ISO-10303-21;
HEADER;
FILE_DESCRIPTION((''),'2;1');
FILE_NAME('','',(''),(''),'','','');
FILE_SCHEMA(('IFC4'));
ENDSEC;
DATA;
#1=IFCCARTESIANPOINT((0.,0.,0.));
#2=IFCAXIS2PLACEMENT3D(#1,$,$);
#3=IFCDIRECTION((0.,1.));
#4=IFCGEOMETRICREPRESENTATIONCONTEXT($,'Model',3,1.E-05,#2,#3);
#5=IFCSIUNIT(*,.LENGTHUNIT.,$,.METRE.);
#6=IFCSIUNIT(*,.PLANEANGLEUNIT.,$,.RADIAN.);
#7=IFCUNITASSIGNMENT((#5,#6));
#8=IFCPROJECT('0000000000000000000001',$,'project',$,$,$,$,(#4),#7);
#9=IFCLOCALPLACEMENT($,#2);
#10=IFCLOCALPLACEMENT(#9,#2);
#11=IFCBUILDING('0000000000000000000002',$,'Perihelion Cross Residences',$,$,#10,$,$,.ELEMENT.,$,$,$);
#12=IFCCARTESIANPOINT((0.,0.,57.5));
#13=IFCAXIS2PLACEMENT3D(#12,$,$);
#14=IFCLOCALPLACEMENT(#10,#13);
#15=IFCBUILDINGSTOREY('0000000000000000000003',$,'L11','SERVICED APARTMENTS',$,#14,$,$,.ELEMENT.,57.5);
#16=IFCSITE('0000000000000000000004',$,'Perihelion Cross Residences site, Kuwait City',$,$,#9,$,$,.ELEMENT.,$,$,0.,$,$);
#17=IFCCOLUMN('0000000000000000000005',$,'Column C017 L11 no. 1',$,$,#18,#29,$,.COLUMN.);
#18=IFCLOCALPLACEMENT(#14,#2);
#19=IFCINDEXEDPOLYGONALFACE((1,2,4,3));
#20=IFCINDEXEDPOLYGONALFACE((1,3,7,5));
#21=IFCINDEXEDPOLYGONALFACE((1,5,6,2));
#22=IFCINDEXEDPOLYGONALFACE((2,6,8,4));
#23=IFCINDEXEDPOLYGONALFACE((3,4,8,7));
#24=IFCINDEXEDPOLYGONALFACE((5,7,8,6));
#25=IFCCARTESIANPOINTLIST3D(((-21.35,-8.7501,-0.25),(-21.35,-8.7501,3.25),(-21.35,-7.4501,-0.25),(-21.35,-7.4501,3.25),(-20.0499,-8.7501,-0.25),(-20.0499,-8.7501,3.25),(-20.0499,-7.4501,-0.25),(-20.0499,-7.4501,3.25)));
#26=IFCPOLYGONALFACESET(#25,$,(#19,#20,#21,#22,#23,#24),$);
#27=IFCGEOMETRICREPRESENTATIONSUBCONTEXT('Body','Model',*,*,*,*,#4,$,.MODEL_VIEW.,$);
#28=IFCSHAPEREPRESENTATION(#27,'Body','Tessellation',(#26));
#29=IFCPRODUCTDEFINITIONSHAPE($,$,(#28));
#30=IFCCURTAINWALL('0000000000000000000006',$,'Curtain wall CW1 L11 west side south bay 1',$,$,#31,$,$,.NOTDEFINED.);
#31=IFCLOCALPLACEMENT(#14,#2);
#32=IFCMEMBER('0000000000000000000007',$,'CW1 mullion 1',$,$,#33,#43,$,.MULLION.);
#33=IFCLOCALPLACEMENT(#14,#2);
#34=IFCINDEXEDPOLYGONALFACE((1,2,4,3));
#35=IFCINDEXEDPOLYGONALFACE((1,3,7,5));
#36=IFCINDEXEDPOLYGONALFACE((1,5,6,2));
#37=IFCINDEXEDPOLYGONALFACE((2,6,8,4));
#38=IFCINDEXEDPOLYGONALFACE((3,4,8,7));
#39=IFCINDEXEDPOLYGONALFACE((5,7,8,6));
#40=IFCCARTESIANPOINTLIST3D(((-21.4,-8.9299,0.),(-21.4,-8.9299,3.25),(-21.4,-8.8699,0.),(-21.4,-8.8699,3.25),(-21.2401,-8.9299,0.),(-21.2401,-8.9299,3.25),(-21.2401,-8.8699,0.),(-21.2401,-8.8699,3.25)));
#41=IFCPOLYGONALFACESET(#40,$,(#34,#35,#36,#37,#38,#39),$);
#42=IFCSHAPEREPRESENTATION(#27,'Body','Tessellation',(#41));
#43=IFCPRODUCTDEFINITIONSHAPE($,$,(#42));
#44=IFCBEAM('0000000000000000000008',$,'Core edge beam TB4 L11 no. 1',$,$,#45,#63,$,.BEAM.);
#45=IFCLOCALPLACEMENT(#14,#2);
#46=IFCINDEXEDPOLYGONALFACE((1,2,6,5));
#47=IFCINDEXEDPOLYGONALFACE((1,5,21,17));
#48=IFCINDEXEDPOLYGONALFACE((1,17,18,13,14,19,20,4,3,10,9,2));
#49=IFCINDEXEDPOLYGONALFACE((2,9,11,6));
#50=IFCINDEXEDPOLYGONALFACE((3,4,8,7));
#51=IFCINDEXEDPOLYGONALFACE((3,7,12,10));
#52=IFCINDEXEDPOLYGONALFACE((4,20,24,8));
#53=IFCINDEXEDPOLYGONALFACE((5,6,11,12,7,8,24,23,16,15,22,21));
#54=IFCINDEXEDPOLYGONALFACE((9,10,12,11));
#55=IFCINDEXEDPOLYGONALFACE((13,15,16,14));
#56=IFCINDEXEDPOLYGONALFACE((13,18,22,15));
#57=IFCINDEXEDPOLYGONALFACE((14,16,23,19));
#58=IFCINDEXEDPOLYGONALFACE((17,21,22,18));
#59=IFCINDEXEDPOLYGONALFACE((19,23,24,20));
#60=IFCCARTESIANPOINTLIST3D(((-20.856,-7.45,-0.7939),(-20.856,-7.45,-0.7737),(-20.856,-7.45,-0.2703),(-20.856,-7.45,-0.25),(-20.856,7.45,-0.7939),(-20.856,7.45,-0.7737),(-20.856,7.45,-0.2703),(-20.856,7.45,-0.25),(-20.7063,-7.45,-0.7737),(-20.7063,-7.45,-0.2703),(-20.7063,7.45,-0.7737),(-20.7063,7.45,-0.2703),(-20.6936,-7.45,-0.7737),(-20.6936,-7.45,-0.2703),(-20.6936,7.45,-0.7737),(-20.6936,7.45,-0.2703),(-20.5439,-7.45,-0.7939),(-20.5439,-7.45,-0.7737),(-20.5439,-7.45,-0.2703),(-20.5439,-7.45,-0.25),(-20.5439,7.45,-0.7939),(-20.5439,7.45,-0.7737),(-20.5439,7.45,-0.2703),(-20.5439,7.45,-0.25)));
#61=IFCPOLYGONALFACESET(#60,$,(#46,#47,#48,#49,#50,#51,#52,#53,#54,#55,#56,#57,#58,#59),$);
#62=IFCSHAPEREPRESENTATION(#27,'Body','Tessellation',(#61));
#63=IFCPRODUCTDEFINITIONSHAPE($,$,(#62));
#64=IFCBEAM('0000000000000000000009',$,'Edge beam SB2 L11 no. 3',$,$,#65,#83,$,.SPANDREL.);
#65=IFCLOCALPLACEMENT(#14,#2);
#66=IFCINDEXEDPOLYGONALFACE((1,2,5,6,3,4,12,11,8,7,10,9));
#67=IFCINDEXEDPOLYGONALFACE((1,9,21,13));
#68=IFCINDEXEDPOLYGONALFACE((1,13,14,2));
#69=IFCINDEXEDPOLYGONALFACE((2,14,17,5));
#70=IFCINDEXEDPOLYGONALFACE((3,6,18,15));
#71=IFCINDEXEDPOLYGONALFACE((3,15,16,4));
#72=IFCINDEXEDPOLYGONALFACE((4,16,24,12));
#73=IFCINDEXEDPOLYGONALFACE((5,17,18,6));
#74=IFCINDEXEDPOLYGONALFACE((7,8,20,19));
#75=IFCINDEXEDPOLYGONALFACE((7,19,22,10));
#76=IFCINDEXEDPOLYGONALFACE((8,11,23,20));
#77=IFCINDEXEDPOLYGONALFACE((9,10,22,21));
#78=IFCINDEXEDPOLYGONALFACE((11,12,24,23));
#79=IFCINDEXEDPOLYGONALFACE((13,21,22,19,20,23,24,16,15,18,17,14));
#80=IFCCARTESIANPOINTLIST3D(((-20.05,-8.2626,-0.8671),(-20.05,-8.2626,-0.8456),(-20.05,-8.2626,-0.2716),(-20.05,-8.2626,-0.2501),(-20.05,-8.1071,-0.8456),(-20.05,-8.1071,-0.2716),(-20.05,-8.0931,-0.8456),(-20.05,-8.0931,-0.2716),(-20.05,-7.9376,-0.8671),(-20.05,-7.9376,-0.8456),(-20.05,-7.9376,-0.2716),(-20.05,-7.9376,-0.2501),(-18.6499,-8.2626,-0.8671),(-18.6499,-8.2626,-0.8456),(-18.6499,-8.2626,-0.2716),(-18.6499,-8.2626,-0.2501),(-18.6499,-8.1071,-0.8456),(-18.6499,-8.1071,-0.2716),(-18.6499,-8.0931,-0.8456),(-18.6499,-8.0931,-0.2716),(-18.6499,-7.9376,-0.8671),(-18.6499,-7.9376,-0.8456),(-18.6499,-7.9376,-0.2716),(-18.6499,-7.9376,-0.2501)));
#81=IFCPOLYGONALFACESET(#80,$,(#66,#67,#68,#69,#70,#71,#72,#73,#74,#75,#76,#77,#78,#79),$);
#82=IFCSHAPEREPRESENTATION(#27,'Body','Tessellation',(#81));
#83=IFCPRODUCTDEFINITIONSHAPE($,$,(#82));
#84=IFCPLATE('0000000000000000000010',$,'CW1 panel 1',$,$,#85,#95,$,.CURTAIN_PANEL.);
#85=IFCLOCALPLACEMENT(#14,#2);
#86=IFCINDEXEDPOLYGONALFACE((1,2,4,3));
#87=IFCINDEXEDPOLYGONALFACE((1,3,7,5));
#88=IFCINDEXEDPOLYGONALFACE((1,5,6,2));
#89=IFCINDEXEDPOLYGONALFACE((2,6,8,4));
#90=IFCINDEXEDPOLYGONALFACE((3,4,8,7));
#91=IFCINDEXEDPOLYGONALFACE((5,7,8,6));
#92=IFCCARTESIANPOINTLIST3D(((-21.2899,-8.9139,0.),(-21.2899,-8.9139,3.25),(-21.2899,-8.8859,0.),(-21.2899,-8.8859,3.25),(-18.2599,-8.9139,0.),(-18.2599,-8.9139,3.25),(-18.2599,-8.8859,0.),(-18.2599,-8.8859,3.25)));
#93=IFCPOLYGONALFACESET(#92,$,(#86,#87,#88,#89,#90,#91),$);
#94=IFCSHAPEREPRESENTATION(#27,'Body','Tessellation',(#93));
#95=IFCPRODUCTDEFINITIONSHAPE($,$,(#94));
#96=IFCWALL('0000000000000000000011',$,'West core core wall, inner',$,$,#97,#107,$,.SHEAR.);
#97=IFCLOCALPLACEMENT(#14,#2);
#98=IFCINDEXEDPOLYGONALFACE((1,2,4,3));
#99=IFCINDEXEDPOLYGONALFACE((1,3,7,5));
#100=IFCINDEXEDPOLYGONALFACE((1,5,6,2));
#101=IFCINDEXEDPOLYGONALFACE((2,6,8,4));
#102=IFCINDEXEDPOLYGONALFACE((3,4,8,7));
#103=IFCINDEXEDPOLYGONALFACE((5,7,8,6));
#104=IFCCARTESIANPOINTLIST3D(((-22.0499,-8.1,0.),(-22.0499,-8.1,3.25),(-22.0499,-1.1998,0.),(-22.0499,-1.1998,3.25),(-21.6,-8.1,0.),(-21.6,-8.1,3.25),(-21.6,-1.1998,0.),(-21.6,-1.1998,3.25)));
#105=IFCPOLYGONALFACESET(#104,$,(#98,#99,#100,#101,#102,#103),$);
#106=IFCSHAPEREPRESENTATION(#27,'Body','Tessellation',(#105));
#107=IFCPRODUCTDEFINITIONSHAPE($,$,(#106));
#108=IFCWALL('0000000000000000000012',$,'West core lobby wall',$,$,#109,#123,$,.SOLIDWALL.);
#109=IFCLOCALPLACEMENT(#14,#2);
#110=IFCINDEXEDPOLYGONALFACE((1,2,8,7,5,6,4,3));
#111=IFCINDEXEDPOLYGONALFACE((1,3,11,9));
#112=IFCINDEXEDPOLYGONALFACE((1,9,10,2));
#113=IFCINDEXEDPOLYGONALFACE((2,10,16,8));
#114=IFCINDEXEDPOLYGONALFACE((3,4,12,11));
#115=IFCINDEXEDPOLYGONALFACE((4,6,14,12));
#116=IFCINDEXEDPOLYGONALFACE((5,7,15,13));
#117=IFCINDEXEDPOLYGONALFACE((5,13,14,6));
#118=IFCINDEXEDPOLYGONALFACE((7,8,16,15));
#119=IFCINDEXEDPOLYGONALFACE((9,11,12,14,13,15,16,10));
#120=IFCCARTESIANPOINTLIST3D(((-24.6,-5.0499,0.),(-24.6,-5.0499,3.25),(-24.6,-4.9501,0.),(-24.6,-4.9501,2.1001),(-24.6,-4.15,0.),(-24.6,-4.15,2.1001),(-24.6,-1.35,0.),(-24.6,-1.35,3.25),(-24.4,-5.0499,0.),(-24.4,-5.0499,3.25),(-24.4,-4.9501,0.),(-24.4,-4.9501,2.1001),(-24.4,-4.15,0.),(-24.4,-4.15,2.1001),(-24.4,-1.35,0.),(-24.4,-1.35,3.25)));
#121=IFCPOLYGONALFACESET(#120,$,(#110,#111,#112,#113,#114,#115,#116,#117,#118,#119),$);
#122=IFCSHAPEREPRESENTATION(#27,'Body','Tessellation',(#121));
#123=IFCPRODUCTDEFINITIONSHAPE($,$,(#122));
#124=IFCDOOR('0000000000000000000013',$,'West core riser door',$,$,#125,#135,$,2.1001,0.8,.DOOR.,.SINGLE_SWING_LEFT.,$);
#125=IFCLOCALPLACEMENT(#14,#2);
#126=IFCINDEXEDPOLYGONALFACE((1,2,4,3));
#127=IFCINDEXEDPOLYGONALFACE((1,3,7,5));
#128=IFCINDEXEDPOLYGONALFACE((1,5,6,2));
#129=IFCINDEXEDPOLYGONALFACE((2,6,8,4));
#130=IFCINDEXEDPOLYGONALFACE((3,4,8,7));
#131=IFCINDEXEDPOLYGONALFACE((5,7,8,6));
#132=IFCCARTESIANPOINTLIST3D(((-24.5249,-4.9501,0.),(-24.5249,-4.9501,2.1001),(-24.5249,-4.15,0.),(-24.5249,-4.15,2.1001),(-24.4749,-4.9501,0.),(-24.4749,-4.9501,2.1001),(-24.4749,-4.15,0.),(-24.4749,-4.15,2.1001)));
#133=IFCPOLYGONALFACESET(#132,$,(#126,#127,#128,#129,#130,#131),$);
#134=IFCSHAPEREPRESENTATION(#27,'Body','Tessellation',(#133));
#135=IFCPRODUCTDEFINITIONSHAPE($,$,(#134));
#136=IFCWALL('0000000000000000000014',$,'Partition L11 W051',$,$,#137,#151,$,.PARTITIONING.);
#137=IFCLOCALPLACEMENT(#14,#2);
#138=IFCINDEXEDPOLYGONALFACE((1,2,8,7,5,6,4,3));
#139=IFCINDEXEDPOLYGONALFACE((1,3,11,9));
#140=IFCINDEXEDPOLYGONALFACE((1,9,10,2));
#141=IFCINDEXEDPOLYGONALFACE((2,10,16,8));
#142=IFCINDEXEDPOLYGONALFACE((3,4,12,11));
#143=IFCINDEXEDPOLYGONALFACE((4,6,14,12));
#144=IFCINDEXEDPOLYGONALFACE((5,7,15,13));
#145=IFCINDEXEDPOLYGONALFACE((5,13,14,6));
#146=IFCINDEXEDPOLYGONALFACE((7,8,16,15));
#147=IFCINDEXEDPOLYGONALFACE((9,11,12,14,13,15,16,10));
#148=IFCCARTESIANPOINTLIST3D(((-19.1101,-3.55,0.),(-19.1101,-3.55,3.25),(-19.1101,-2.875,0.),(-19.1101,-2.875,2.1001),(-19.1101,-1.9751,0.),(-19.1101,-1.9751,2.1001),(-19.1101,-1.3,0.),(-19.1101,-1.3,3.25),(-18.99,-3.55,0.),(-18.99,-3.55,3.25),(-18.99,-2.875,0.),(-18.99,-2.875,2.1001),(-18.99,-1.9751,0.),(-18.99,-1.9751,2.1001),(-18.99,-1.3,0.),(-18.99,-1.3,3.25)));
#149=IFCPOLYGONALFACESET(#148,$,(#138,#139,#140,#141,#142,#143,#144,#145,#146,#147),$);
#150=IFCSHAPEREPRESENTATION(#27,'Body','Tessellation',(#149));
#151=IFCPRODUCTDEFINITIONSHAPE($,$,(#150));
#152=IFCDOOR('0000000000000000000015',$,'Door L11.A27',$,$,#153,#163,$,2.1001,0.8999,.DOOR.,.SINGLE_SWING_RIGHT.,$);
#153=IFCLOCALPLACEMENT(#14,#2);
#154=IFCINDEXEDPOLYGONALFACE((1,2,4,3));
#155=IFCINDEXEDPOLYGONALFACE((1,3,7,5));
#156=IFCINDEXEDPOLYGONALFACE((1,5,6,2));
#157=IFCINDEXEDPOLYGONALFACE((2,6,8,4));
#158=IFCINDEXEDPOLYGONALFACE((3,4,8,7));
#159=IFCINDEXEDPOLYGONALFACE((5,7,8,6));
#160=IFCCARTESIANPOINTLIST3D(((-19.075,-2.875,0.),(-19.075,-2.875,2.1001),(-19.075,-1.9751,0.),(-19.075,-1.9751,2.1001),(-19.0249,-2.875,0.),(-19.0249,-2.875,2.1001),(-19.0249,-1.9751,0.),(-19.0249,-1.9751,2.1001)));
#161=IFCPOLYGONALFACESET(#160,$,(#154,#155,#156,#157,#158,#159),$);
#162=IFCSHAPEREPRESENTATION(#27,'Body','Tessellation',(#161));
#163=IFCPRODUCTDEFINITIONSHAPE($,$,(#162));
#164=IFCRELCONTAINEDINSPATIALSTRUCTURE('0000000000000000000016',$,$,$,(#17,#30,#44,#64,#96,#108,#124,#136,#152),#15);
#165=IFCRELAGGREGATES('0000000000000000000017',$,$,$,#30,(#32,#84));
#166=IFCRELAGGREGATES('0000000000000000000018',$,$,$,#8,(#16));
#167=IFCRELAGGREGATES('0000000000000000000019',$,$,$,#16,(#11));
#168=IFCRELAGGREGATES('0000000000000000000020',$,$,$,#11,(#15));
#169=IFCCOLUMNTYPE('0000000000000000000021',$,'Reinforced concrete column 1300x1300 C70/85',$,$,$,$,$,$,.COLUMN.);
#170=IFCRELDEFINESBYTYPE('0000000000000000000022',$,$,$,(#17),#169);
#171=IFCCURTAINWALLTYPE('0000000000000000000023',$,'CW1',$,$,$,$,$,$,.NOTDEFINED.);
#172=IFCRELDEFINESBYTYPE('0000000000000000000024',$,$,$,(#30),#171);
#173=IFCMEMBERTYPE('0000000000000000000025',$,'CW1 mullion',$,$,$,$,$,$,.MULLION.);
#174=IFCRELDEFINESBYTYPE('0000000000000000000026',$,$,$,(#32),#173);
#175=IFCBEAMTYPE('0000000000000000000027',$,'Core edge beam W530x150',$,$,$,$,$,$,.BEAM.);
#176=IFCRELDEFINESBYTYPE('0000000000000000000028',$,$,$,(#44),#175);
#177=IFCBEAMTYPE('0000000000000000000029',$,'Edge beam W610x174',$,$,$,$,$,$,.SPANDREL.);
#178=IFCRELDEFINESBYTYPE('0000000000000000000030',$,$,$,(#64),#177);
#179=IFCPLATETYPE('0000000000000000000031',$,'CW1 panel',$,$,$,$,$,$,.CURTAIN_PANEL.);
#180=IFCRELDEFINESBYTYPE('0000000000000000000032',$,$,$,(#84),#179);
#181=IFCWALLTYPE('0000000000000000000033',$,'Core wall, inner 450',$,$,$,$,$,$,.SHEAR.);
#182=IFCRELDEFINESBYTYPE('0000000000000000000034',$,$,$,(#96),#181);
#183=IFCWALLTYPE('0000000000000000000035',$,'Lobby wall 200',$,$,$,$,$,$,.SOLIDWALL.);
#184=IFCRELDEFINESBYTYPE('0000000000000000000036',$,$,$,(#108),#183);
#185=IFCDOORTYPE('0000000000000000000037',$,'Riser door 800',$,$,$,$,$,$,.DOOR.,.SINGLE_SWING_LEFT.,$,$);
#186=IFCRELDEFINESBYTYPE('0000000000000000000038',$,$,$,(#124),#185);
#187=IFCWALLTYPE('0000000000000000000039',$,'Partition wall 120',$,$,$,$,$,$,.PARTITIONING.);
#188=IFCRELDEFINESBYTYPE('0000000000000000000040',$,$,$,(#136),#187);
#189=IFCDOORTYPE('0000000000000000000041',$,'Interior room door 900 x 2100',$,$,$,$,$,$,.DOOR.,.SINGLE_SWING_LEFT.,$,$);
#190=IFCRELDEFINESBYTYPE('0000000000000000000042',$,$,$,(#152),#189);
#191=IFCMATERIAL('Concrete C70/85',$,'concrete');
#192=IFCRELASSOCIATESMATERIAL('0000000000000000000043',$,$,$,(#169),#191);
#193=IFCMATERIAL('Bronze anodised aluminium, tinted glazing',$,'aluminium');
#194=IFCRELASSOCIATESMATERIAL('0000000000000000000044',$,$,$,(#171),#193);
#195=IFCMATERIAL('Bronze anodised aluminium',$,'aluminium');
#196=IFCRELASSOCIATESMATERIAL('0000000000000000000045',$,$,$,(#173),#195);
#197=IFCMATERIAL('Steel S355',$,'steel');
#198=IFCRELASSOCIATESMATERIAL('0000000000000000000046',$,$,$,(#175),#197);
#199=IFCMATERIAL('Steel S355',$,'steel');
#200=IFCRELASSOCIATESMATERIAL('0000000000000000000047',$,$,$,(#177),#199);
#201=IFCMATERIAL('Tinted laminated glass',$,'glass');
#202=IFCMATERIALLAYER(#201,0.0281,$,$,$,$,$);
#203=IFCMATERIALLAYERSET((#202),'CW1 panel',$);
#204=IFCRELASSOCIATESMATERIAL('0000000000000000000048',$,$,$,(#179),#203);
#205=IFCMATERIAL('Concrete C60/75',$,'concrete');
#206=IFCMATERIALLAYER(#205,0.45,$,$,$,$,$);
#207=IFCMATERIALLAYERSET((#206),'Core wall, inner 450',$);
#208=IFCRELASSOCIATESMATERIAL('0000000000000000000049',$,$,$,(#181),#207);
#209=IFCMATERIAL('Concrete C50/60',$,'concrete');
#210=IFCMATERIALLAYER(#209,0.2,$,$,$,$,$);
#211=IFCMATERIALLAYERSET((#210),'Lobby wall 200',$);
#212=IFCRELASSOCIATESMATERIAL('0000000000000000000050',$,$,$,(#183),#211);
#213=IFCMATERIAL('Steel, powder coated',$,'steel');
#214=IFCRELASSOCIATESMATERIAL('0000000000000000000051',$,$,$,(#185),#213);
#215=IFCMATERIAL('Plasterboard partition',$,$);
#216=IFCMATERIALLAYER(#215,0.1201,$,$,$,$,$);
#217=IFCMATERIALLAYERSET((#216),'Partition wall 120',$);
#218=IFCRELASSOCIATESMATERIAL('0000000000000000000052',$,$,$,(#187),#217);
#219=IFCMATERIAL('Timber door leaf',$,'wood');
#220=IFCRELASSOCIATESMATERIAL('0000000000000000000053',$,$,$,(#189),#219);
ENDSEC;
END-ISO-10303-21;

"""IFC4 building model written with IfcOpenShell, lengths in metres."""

from ifc_helpers import new_model, si_unit, direction, frame, frame_2d, origin, origin_2d, place, context, subcontext, project, spatial, rectangle, i_section, extrude, material, layer, layer_set, material_profile, profile_set, type_object, element, fill, aggregate, save


model = new_model("IFC4")

# Units and contexts
model_context = context("Model", 3, precision=1e-05, world=origin(), true_north=direction((0.0, 1.0)))
body_context = subcontext(model_context, "Body", "Model", "MODEL_VIEW")
ifc_project = project(units=[si_unit("LENGTHUNIT", "METRE"), si_unit("PLANEANGLEUNIT", "RADIAN")], contexts=[model_context])

# Site, building, storey
site_placement = place(None, origin())
site = spatial("IfcSite", under=ifc_project, at=site_placement, Name="Perihelion Cross Residences site, Kuwait City", CompositionType="ELEMENT", RefElevation=0.0)
building_placement = place(site_placement, origin())
building = spatial("IfcBuilding", under=site, at=building_placement, Name="Perihelion Cross Residences", CompositionType="ELEMENT")
storey_placement = place(building_placement, frame((0.0, 0.0, 57.5)))
storey = spatial("IfcBuildingStorey", under=building, at=storey_placement, Name="L11", Description="SERVICED APARTMENTS", CompositionType="ELEMENT", Elevation=57.5)

# Column
ifc_material_1 = material(Name="Concrete C70/85", Category="concrete")
ifc_material_profile_1 = material_profile(ifc_material_1, rectangle(XDim=1.3, YDim=1.3, at=origin_2d()), Name="RC 1300x1300")
ifc_profile_set_1 = profile_set([ifc_material_profile_1], Name="Concrete C70/85")
column_type = type_object("IfcColumnType", Name="Reinforced concrete column 1300x1300 C70/85", PredefinedType="COLUMN", material=ifc_profile_set_1)
column_placement = place(storey_placement, frame((-20.7, -8.1001, -0.25), z_axis=(0.0, 0.0, 1.0), x_axis=(1.0, 0.0, 0.0)))
element("IfcColumn", 1, at=column_placement, inside=storey, type_object=column_type, Name="Column C017 L11 no. 1", PredefinedType="COLUMN", context=body_context, shape_type="SweptSolid", body=[
    extrude(rectangle(XDim=1.3, YDim=1.3, at=origin_2d()), origin(), (0.0, 0.0, 1.0), 3.5),
])

# Curtain wall, member
ifc_material_2 = material(Name="Bronze anodised aluminium, tinted glazing", Category="aluminium")
curtain_wall_type = type_object("IfcCurtainWallType", Name="CW1", PredefinedType="NOTDEFINED", material=ifc_material_2)
curtain_wall_placement = place(storey_placement, origin())
curtain_wall = element("IfcCurtainWall", 2, at=curtain_wall_placement, inside=storey, type_object=curtain_wall_type, Name="Curtain wall CW1 L11 west side south bay 1", PredefinedType="NOTDEFINED")
ifc_material_3 = material(Name="Bronze anodised aluminium", Category="aluminium")
ifc_material_profile_2 = material_profile(ifc_material_3, rectangle(XDim=0.0601, YDim=0.1599, at=origin_2d()), Name="CW1 mullion")
ifc_profile_set_2 = profile_set([ifc_material_profile_2], Name="Bronze anodised aluminium")
member_type = type_object("IfcMemberType", Name="CW1 mullion", PredefinedType="MULLION", material=ifc_profile_set_2)
member_placement = place(storey_placement, frame((-21.3201, -8.8999, 0.0), z_axis=(0.0, 0.0, 1.0), x_axis=(0.0, 1.0, 0.0)))
member = element("IfcMember", 3, at=member_placement, type_object=member_type, Name="CW1 mullion 1", PredefinedType="MULLION", context=body_context, shape_type="SweptSolid", body=[
    extrude(rectangle(XDim=0.0601, YDim=0.1599, at=origin_2d()), origin(), (0.0, 0.0, 1.0), 3.25),
])

# Beams
ifc_material_4 = material(Name="Steel S355", Category="steel")
ifc_material_profile_3 = material_profile(ifc_material_4, i_section(OverallWidth=0.312, OverallDepth=0.5439, WebThickness=0.0127, FlangeThickness=0.0203, at=origin_2d()), Name="W530x150")
ifc_profile_set_3 = profile_set([ifc_material_profile_3], Name="Steel S355")
beam_type_1 = type_object("IfcBeamType", Name="Core edge beam W530x150", PredefinedType="BEAM", material=ifc_profile_set_3)
beam_1_placement = place(storey_placement, frame((-20.7, -7.45, -0.522), z_axis=(0.0, 1.0, 0.0), x_axis=(-1.0, 0.0, 0.0)))
element("IfcBeam", 4, at=beam_1_placement, inside=storey, type_object=beam_type_1, Name="Core edge beam TB4 L11 no. 1", PredefinedType="BEAM", context=body_context, shape_type="SweptSolid", body=[
    extrude(i_section(OverallWidth=0.312, OverallDepth=0.5439, WebThickness=0.0127, FlangeThickness=0.0203, at=origin_2d()), origin(), (0.0, 0.0, 1.0), 14.8999),
])
ifc_material_5 = material(Name="Steel S355", Category="steel")
ifc_material_profile_4 = material_profile(ifc_material_5, i_section(OverallWidth=0.325, OverallDepth=0.6169, WebThickness=0.0139, FlangeThickness=0.0215, at=origin_2d()), Name="W610x174")
ifc_profile_set_4 = profile_set([ifc_material_profile_4], Name="Steel S355")
beam_type_2 = type_object("IfcBeamType", Name="Edge beam W610x174", PredefinedType="SPANDREL", material=ifc_profile_set_4)
beam_2_placement = place(storey_placement, frame((-20.05, -8.1001, -0.5586), z_axis=(1.0, 0.0, 0.0), x_axis=(0.0, 1.0, 0.0)))
element("IfcBeam", 5, at=beam_2_placement, inside=storey, type_object=beam_type_2, Name="Edge beam SB2 L11 no. 3", PredefinedType="SPANDREL", context=body_context, shape_type="SweptSolid", body=[
    extrude(i_section(OverallWidth=0.325, OverallDepth=0.6169, WebThickness=0.0139, FlangeThickness=0.0215, at=origin_2d()), origin(), (0.0, 0.0, 1.0), 1.4001),
])

# Plate
ifc_material_6 = material(Name="Tinted laminated glass", Category="glass")
ifc_layer_1 = layer(ifc_material_6, 0.0281)
ifc_layer_set_1 = layer_set([ifc_layer_1], Name="CW1 panel")
plate_type = type_object("IfcPlateType", Name="CW1 panel", PredefinedType="CURTAIN_PANEL", material=ifc_layer_set_1)
plate_placement = place(storey_placement, frame((-19.7749, -8.8999, 0.0), z_axis=(0.0, 0.0, 1.0), x_axis=(1.0, 0.0, 0.0)))
plate = element("IfcPlate", 6, at=plate_placement, type_object=plate_type, Name="CW1 panel 1", PredefinedType="CURTAIN_PANEL", context=body_context, shape_type="SweptSolid", body=[
    extrude(rectangle(XDim=3.03, YDim=0.0281, at=origin_2d()), origin(), (0.0, 0.0, 1.0), 3.25),
])
aggregate(curtain_wall, [member, plate])

# Wall
ifc_material_7 = material(Name="Concrete C60/75", Category="concrete")
ifc_layer_2 = layer(ifc_material_7, 0.45)
ifc_layer_set_2 = layer_set([ifc_layer_2], Name="Core wall, inner 450")
wall_type_1 = type_object("IfcWallType", Name="Core wall, inner 450", PredefinedType="SHEAR", material=ifc_layer_set_2)
wall_1_placement = place(storey_placement, frame((-21.825, -8.1001, 0.0), z_axis=(0.0, 0.0, 1.0), x_axis=(0.0, 1.0, 0.0)))
element("IfcWall", 7, at=wall_1_placement, inside=storey, type_object=wall_type_1, Name="West core core wall, inner", PredefinedType="SHEAR", context=body_context, shape_type="SweptSolid", body=[
    extrude(rectangle(XDim=6.9001, YDim=0.45, at=frame_2d((3.4502, 0.0))), origin(), (0.0, 0.0, 1.0), 3.25),
])

# Walls, openings, doors
ifc_material_8 = material(Name="Concrete C50/60", Category="concrete")
ifc_layer_3 = layer(ifc_material_8, 0.2)
ifc_layer_set_3 = layer_set([ifc_layer_3], Name="Lobby wall 200")
wall_type_2 = type_object("IfcWallType", Name="Lobby wall 200", PredefinedType="SOLIDWALL", material=ifc_layer_set_3)
wall_2_placement = place(storey_placement, frame((-24.5, -5.05, 0.0), z_axis=(0.0, 0.0, 1.0), x_axis=(0.0, 1.0, 0.0)))
wall_2 = element("IfcWall", 8, at=wall_2_placement, inside=storey, type_object=wall_type_2, Name="West core lobby wall", PredefinedType="SOLIDWALL", context=body_context, shape_type="SweptSolid", body=[
    extrude(rectangle(XDim=3.7, YDim=0.2, at=frame_2d((1.8501, 0.0))), origin(), (0.0, 0.0, 1.0), 3.25),
])
opening_1_placement = place(wall_2_placement, frame((0.1001, 0.0, 0.0)))
opening_1 = element("IfcOpeningElement", 9, at=opening_1_placement, cuts=wall_2, PredefinedType="OPENING", context=body_context, shape_type="SweptSolid", body=[
    extrude(rectangle(XDim=0.8, YDim=2.1001, at=frame_2d((0.3999, 1.05))), frame((0.0, 0.1099, 0.0), z_axis=(0.0, -1.0, 0.0), x_axis=(1.0, 0.0, 0.0)), (0.0, 0.0, 1.0), 0.22),
])
ifc_material_9 = material(Name="Steel, powder coated", Category="steel")
door_type_1 = type_object("IfcDoorType", Name="Riser door 800", OperationType="SINGLE_SWING_LEFT", PredefinedType="DOOR", material=ifc_material_9)
door_1_placement = place(opening_1_placement, origin())
door_1 = element("IfcDoor", 10, at=door_1_placement, inside=storey, type_object=door_type_1, Name="West core riser door", OperationType="SINGLE_SWING_LEFT", OverallHeight=2.1001, OverallWidth=0.8, PredefinedType="DOOR", context=body_context, shape_type="SweptSolid", body=[
    extrude(rectangle(XDim=0.8, YDim=2.1001, at=frame_2d((0.3999, 1.05))), frame((0.0, 0.0249, 0.0), z_axis=(0.0, -1.0, 0.0), x_axis=(1.0, 0.0, 0.0)), (0.0, 0.0, 1.0), 0.05),
])
fill(opening_1, door_1)
ifc_material_10 = material(Name="Plasterboard partition")
ifc_layer_4 = layer(ifc_material_10, 0.1201)
ifc_layer_set_4 = layer_set([ifc_layer_4], Name="Partition wall 120")
wall_type_3 = type_object("IfcWallType", Name="Partition wall 120", PredefinedType="PARTITIONING", material=ifc_layer_set_4)
wall_3_placement = place(storey_placement, frame((-19.05, -3.55, 0.0), z_axis=(0.0, 0.0, 1.0), x_axis=(0.0, 1.0, 0.0)))
wall_3 = element("IfcWall", 11, at=wall_3_placement, inside=storey, type_object=wall_type_3, Name="Partition L11 W051", PredefinedType="PARTITIONING", context=body_context, shape_type="SweptSolid", body=[
    extrude(rectangle(XDim=2.25, YDim=0.1201, at=frame_2d((1.125, 0.0))), origin(), (0.0, 0.0, 1.0), 3.25),
])
opening_2_placement = place(wall_3_placement, frame((0.675, 0.0, 0.0)))
opening_2 = element("IfcOpeningElement", 12, at=opening_2_placement, cuts=wall_3, PredefinedType="OPENING", context=body_context, shape_type="SweptSolid", body=[
    extrude(rectangle(XDim=0.8999, YDim=2.1001, at=frame_2d((0.45, 1.05))), frame((0.0, 0.0701, 0.0), z_axis=(0.0, -1.0, 0.0), x_axis=(1.0, 0.0, 0.0)), (0.0, 0.0, 1.0), 0.1401),
])
ifc_material_11 = material(Name="Timber door leaf", Category="wood")
door_type_2 = type_object("IfcDoorType", Name="Interior room door 900 x 2100", OperationType="SINGLE_SWING_LEFT", PredefinedType="DOOR", material=ifc_material_11)
door_2_placement = place(opening_2_placement, origin())
door_2 = element("IfcDoor", 13, at=door_2_placement, inside=storey, type_object=door_type_2, Name="Door L11.A27", OperationType="SINGLE_SWING_RIGHT", OverallHeight=2.1001, OverallWidth=0.8999, PredefinedType="DOOR", context=body_context, shape_type="SweptSolid", body=[
    extrude(rectangle(XDim=0.8999, YDim=2.1001, at=frame_2d((0.45, 1.05))), frame((0.0, 0.0249, 0.0), z_axis=(0.0, -1.0, 0.0), x_axis=(1.0, 0.0, 0.0)), (0.0, 0.0, 1.0), 0.05),
])
fill(opening_2, door_2)

save(model, "model.ifc")
